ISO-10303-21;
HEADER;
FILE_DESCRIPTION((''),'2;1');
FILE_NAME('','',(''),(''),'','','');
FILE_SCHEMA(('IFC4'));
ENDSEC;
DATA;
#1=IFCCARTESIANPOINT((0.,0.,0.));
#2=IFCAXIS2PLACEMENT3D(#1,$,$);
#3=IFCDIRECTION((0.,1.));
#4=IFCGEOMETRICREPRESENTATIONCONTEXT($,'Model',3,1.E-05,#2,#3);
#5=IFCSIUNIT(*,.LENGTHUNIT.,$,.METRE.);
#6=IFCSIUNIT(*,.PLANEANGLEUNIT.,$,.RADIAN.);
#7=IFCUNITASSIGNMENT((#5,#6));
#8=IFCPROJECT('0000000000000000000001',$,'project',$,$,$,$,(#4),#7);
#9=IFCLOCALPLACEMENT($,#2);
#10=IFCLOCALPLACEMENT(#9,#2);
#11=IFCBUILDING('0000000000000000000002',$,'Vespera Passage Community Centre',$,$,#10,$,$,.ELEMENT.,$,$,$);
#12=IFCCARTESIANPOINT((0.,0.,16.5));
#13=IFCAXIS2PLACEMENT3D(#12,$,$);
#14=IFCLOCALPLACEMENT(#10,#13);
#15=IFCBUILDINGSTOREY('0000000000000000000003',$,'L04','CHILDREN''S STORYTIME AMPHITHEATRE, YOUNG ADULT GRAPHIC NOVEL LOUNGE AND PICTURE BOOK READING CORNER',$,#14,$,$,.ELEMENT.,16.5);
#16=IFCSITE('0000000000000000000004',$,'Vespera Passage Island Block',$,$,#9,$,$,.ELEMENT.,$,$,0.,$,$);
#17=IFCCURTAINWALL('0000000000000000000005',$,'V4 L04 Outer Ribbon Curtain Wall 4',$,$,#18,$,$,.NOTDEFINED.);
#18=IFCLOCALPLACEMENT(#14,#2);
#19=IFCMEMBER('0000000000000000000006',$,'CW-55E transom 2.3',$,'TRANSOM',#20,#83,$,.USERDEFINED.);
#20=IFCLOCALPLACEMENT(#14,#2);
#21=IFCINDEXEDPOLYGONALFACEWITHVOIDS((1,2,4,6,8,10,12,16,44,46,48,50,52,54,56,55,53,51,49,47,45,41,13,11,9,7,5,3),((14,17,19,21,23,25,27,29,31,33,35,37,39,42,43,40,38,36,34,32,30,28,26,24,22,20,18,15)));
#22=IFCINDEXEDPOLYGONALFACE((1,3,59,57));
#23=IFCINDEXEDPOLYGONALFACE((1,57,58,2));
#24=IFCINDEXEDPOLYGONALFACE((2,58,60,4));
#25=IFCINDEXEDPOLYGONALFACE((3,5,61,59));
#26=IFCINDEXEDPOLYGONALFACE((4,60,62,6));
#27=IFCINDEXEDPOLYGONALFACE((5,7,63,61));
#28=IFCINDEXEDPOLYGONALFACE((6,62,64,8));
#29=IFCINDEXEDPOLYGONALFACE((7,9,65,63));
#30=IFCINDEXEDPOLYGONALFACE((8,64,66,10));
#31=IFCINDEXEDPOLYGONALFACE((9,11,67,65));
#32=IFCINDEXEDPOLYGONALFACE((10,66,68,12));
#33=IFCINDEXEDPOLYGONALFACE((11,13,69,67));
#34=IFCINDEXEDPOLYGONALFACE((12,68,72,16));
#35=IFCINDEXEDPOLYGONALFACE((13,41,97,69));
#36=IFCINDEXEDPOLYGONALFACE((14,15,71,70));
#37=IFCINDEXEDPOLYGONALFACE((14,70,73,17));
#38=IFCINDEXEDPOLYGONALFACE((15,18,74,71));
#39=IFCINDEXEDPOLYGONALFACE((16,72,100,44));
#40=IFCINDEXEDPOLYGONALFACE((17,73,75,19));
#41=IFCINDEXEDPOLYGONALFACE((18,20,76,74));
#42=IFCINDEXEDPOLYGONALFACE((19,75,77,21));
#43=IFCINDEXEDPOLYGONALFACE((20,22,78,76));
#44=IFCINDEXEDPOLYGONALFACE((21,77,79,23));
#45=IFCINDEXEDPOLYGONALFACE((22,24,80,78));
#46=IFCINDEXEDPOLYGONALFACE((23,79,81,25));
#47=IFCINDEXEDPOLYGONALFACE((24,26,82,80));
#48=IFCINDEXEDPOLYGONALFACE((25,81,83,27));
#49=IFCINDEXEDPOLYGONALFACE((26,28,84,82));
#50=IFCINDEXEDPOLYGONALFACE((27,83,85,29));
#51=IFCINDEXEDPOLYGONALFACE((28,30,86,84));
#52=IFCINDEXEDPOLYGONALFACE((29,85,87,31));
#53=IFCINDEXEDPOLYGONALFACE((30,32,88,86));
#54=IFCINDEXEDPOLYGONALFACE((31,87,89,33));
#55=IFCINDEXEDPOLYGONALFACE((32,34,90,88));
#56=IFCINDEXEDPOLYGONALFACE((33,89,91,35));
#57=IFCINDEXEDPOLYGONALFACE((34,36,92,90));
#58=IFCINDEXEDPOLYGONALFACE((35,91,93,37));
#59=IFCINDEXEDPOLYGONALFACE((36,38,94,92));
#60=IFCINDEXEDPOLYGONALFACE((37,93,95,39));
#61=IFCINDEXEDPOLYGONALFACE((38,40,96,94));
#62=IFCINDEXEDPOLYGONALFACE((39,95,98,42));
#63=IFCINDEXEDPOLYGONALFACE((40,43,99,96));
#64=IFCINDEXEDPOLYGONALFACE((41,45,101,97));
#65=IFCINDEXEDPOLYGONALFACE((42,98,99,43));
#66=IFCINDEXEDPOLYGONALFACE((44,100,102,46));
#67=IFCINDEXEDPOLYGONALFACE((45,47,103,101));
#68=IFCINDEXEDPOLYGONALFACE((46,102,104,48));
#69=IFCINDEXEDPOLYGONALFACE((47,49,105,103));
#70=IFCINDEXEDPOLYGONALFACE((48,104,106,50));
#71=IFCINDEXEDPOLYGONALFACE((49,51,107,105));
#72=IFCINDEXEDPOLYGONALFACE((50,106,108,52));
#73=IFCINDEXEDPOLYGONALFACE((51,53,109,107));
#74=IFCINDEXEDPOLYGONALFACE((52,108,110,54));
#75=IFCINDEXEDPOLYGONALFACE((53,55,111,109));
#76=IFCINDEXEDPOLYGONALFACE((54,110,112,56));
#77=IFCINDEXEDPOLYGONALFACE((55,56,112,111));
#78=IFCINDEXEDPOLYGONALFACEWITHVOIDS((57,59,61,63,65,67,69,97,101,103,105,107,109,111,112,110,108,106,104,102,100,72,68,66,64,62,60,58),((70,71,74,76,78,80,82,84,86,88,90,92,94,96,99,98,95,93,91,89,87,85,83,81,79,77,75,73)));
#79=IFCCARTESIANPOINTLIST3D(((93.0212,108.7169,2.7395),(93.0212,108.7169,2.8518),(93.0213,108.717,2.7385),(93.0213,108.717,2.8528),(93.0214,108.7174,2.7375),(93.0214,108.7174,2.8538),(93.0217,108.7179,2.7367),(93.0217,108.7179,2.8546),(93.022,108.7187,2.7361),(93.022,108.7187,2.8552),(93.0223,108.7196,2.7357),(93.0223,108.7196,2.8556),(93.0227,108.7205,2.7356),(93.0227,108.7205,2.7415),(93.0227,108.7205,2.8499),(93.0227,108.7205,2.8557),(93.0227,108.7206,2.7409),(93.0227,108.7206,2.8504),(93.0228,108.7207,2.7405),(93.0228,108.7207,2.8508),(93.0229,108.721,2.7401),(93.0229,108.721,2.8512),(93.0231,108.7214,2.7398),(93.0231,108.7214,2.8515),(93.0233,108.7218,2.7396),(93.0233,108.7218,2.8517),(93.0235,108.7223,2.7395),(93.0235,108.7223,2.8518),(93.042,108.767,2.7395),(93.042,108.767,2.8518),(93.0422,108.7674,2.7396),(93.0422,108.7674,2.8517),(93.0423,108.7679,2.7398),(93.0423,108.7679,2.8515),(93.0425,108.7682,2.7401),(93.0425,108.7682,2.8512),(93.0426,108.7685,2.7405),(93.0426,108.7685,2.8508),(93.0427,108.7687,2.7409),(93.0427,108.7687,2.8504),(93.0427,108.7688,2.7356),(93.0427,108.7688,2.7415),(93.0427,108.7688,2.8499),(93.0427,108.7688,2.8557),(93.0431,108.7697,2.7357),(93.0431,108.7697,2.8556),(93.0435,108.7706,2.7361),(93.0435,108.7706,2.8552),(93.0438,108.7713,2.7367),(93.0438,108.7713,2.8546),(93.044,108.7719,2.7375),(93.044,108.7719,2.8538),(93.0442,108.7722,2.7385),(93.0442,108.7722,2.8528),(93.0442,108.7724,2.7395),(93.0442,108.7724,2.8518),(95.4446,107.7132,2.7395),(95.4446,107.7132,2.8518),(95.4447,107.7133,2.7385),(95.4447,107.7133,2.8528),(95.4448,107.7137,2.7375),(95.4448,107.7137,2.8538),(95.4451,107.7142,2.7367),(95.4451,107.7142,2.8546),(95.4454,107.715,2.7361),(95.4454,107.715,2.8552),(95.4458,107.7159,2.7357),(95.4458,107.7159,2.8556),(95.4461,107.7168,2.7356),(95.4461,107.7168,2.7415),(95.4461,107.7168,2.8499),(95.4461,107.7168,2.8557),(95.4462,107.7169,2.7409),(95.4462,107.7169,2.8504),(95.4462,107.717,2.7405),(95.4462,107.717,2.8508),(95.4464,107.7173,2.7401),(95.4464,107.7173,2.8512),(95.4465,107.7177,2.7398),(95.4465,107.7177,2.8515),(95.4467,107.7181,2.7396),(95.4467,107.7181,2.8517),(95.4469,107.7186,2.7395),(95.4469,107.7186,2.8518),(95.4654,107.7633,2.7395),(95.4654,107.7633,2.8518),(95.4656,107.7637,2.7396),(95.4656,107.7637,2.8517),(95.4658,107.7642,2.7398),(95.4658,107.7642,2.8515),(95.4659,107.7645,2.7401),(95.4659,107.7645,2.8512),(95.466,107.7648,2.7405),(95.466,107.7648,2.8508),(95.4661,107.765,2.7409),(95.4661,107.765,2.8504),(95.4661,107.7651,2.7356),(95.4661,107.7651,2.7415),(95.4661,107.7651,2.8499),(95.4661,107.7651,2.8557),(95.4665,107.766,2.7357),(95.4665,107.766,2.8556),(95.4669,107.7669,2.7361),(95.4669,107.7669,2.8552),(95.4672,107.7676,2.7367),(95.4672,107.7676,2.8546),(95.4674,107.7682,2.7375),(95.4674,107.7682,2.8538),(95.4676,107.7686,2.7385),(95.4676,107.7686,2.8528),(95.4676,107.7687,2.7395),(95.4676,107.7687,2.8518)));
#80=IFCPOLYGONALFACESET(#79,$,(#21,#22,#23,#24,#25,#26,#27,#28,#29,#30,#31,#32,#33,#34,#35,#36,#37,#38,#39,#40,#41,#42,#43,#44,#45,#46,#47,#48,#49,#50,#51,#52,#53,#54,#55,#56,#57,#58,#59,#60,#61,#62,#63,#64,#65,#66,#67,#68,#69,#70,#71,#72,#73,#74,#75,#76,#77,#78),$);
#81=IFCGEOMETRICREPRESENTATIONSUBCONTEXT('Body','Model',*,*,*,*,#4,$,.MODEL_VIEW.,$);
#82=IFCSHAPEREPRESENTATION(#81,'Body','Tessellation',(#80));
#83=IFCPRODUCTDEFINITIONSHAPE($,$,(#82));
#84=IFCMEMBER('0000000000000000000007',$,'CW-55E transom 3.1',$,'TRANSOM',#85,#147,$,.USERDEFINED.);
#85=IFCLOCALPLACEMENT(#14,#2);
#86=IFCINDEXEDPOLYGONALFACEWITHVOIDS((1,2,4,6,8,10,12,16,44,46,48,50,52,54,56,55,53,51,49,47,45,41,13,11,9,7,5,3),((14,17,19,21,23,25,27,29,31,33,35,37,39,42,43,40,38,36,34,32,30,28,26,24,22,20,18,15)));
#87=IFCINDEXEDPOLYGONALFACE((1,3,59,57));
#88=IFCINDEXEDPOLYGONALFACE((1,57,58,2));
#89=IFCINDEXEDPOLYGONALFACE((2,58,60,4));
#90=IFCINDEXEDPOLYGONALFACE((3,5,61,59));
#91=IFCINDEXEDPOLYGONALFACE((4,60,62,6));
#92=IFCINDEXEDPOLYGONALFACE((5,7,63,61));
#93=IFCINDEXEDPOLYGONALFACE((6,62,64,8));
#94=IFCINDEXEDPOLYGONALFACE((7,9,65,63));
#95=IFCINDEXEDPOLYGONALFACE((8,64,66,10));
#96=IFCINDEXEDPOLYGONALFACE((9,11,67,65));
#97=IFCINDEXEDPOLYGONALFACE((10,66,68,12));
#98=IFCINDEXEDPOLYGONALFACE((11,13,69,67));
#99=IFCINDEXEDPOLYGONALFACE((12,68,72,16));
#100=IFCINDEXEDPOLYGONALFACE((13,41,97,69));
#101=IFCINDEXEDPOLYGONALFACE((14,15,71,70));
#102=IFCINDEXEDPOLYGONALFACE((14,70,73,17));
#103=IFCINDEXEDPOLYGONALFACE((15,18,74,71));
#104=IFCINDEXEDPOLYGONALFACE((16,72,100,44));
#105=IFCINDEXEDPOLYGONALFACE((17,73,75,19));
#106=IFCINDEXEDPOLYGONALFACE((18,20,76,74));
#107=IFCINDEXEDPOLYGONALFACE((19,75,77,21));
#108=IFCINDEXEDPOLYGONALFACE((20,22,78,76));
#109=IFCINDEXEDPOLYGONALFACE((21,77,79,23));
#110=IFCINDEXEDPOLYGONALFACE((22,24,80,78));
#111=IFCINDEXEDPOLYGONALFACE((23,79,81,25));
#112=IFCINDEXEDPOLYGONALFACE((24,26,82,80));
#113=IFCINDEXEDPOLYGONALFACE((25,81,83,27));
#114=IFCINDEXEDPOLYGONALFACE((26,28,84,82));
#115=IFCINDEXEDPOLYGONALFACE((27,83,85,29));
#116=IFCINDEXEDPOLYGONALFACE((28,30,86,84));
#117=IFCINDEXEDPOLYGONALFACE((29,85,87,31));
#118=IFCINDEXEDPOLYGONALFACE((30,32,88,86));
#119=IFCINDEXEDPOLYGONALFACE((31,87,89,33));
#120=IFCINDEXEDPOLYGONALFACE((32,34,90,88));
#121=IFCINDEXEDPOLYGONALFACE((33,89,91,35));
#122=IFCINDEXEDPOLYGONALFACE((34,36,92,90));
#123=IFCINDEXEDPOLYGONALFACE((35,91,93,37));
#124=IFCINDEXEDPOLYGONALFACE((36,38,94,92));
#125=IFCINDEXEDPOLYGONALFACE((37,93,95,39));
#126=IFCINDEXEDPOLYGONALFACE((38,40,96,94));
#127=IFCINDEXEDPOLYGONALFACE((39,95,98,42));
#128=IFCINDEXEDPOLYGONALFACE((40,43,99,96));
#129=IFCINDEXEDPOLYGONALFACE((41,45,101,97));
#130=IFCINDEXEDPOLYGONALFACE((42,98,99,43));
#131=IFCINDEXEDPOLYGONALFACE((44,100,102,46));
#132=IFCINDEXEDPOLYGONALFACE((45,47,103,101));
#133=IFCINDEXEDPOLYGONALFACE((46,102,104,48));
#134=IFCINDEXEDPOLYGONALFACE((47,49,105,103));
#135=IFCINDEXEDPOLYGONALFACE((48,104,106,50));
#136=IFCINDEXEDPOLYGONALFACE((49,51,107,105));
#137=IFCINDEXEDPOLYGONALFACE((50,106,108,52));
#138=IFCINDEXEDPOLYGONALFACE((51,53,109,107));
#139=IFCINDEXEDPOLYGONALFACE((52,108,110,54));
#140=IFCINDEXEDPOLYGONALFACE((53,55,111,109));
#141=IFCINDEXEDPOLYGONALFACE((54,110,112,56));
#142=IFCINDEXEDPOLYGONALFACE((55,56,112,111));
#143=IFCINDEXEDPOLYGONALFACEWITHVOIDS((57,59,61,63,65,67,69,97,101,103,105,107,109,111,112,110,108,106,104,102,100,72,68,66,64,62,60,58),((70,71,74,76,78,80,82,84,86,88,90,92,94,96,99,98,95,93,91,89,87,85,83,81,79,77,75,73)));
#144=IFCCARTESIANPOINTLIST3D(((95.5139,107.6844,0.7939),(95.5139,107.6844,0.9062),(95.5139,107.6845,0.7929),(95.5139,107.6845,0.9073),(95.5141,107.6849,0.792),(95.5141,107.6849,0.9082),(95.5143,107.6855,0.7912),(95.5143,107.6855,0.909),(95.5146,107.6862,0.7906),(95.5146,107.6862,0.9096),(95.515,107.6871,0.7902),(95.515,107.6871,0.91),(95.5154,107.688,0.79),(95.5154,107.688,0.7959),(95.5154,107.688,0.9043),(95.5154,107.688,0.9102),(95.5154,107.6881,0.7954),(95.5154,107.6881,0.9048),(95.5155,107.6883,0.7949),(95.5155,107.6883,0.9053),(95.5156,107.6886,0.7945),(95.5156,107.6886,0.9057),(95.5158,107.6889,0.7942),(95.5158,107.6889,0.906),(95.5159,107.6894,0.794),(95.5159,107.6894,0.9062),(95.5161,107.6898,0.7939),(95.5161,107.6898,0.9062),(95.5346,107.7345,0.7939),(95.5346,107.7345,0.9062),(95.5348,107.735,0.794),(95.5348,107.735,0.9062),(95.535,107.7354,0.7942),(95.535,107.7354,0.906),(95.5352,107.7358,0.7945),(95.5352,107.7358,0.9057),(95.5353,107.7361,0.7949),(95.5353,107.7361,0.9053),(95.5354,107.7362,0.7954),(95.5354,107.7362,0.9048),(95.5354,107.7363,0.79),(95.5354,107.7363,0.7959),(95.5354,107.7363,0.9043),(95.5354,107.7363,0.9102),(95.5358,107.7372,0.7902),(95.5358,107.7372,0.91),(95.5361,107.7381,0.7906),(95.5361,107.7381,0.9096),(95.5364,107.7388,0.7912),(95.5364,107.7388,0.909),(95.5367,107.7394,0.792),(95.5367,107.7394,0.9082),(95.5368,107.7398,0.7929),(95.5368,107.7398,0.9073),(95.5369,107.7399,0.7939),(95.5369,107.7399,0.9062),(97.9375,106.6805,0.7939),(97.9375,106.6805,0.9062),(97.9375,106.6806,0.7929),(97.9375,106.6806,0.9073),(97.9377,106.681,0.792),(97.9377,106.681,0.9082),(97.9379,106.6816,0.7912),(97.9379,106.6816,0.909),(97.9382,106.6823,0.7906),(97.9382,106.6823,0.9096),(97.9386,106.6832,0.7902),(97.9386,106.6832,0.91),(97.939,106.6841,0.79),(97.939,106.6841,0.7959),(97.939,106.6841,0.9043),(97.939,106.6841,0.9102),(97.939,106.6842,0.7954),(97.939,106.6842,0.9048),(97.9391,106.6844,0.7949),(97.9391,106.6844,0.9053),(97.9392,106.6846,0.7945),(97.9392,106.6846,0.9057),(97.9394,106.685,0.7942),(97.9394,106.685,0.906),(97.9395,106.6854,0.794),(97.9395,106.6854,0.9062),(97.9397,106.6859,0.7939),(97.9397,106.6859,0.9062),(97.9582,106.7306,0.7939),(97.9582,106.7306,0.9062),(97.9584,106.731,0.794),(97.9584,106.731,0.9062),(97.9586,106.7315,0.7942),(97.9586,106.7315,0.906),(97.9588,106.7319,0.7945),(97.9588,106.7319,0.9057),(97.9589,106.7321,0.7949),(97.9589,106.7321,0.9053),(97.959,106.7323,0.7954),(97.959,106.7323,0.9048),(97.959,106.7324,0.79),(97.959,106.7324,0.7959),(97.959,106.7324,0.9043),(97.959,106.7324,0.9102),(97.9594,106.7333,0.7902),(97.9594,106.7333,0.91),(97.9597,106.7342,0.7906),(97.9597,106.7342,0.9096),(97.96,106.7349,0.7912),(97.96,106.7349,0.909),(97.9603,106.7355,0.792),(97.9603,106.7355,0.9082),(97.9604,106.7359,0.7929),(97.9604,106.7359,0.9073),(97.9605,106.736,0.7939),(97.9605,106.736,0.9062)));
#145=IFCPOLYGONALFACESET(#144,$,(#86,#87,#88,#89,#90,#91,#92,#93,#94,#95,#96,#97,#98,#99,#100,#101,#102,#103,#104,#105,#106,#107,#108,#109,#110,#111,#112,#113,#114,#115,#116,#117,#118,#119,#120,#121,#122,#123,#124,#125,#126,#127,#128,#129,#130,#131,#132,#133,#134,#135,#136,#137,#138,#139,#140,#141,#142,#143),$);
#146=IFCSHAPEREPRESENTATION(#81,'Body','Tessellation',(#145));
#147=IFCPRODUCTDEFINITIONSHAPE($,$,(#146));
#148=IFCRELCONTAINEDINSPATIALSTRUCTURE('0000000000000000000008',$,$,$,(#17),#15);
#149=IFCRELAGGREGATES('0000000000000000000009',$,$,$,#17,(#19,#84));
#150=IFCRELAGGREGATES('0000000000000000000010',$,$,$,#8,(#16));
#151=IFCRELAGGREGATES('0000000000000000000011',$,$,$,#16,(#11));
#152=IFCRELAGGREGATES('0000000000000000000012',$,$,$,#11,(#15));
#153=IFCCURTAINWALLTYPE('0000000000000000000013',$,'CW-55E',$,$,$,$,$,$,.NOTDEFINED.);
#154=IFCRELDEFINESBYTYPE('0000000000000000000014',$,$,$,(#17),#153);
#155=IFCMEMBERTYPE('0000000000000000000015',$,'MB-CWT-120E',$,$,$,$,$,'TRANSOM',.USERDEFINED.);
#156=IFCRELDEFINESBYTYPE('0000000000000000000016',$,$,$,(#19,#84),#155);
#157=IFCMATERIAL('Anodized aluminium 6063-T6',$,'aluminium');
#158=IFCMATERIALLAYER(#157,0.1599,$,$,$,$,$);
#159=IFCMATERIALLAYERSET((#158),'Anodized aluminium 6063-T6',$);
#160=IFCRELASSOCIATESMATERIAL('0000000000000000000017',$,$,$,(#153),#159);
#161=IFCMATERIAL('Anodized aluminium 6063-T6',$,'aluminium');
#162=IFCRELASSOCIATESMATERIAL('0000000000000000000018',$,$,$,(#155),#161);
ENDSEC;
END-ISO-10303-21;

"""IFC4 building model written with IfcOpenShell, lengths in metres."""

from ifc_helpers import new_model, si_unit, direction, frame, origin, origin_2d, place, context, subcontext, project, spatial, hollow_rectangle, extrude, material, layer, layer_set, material_profile, profile_set, type_object, element, aggregate, save


model = new_model("IFC4")

# Units and contexts
model_context = context("Model", 3, precision=1e-05, world=origin(), true_north=direction((0.0, 1.0)))
body_context = subcontext(model_context, "Body", "Model", "MODEL_VIEW")
ifc_project = project(units=[si_unit("LENGTHUNIT", "METRE"), si_unit("PLANEANGLEUNIT", "RADIAN")], contexts=[model_context])

# Site, building, storey
site_placement = place(None, origin())
site = spatial("IfcSite", under=ifc_project, at=site_placement, Name="Vespera Passage Island Block", CompositionType="ELEMENT", RefElevation=0.0)
building_placement = place(site_placement, origin())
building = spatial("IfcBuilding", under=site, at=building_placement, Name="Vespera Passage Community Centre", CompositionType="ELEMENT")
storey_placement = place(building_placement, frame((0.0, 0.0, 16.5)))
storey = spatial("IfcBuildingStorey", under=building, at=storey_placement, Name="L04", Description="CHILDREN'S STORYTIME AMPHITHEATRE, YOUNG ADULT GRAPHIC NOVEL LOUNGE AND PICTURE BOOK READING CORNER", CompositionType="ELEMENT", Elevation=16.5)

# Curtain wall
ifc_material_1 = material(Name="Anodized aluminium 6063-T6", Category="aluminium")
ifc_layer_1 = layer(ifc_material_1, 0.1599)
ifc_layer_set_1 = layer_set([ifc_layer_1], Name="Anodized aluminium 6063-T6")
curtain_wall_type_1 = type_object("IfcCurtainWallType", Name="CW-55E", PredefinedType="NOTDEFINED", material=ifc_layer_set_1)
curtain_wall_1_placement = place(storey_placement, origin())
curtain_wall_1 = element("IfcCurtainWall", 1, at=curtain_wall_1_placement, inside=storey, type_object=curtain_wall_type_1, Name="V4 L04 Outer Ribbon Curtain Wall 4", PredefinedType="NOTDEFINED")

# Members
ifc_material_2 = material(Name="Anodized aluminium 6063-T6", Category="aluminium")
ifc_material_profile_1 = material_profile(ifc_material_2, hollow_rectangle(XDim=0.0601, YDim=0.1201, WallThickness=0.0039, InnerFilletRadius=0.002, OuterFilletRadius=0.0039, at=origin_2d()), Name="ALU120X60X4")
ifc_profile_set_1 = profile_set([ifc_material_profile_1], Name="Anodized aluminium 6063-T6")
member_type_1 = type_object("IfcMemberType", Name="MB-CWT-120E", ElementType="TRANSOM", PredefinedType="USERDEFINED", material=ifc_profile_set_1)
member_1_placement = place(storey_placement, frame((93.0327, 108.7446, 2.7957), z_axis=(0.923895, -0.382645, 0.0), x_axis=(0.382645, 0.923895, 0.0)))
member_1 = element("IfcMember", 2, at=member_1_placement, type_object=member_type_1, Name="CW-55E transom 2.3", ObjectType="TRANSOM", PredefinedType="USERDEFINED", context=body_context, shape_type="SweptSolid", body=[
    extrude(hollow_rectangle(XDim=0.0601, YDim=0.1201, WallThickness=0.0039, InnerFilletRadius=0.002, OuterFilletRadius=0.0039, at=origin_2d()), origin(), (0.0, 0.0, 1.0), 2.623),
])
member_2_placement = place(storey_placement, frame((95.5254, 107.7122, 0.8501), z_axis=(0.923876, -0.382692, 0.0), x_axis=(0.382692, 0.923876, 0.0)))
member_2 = element("IfcMember", 3, at=member_2_placement, type_object=member_type_1, Name="CW-55E transom 3.1", ObjectType="TRANSOM", PredefinedType="USERDEFINED", context=body_context, shape_type="SweptSolid", body=[
    extrude(hollow_rectangle(XDim=0.0601, YDim=0.1201, WallThickness=0.0039, InnerFilletRadius=0.002, OuterFilletRadius=0.0039, at=origin_2d()), origin(), (0.0, 0.0, 1.0), 2.6233),
])

aggregate(curtain_wall_1, [member_1, member_2])

save(model, "model.ifc")
